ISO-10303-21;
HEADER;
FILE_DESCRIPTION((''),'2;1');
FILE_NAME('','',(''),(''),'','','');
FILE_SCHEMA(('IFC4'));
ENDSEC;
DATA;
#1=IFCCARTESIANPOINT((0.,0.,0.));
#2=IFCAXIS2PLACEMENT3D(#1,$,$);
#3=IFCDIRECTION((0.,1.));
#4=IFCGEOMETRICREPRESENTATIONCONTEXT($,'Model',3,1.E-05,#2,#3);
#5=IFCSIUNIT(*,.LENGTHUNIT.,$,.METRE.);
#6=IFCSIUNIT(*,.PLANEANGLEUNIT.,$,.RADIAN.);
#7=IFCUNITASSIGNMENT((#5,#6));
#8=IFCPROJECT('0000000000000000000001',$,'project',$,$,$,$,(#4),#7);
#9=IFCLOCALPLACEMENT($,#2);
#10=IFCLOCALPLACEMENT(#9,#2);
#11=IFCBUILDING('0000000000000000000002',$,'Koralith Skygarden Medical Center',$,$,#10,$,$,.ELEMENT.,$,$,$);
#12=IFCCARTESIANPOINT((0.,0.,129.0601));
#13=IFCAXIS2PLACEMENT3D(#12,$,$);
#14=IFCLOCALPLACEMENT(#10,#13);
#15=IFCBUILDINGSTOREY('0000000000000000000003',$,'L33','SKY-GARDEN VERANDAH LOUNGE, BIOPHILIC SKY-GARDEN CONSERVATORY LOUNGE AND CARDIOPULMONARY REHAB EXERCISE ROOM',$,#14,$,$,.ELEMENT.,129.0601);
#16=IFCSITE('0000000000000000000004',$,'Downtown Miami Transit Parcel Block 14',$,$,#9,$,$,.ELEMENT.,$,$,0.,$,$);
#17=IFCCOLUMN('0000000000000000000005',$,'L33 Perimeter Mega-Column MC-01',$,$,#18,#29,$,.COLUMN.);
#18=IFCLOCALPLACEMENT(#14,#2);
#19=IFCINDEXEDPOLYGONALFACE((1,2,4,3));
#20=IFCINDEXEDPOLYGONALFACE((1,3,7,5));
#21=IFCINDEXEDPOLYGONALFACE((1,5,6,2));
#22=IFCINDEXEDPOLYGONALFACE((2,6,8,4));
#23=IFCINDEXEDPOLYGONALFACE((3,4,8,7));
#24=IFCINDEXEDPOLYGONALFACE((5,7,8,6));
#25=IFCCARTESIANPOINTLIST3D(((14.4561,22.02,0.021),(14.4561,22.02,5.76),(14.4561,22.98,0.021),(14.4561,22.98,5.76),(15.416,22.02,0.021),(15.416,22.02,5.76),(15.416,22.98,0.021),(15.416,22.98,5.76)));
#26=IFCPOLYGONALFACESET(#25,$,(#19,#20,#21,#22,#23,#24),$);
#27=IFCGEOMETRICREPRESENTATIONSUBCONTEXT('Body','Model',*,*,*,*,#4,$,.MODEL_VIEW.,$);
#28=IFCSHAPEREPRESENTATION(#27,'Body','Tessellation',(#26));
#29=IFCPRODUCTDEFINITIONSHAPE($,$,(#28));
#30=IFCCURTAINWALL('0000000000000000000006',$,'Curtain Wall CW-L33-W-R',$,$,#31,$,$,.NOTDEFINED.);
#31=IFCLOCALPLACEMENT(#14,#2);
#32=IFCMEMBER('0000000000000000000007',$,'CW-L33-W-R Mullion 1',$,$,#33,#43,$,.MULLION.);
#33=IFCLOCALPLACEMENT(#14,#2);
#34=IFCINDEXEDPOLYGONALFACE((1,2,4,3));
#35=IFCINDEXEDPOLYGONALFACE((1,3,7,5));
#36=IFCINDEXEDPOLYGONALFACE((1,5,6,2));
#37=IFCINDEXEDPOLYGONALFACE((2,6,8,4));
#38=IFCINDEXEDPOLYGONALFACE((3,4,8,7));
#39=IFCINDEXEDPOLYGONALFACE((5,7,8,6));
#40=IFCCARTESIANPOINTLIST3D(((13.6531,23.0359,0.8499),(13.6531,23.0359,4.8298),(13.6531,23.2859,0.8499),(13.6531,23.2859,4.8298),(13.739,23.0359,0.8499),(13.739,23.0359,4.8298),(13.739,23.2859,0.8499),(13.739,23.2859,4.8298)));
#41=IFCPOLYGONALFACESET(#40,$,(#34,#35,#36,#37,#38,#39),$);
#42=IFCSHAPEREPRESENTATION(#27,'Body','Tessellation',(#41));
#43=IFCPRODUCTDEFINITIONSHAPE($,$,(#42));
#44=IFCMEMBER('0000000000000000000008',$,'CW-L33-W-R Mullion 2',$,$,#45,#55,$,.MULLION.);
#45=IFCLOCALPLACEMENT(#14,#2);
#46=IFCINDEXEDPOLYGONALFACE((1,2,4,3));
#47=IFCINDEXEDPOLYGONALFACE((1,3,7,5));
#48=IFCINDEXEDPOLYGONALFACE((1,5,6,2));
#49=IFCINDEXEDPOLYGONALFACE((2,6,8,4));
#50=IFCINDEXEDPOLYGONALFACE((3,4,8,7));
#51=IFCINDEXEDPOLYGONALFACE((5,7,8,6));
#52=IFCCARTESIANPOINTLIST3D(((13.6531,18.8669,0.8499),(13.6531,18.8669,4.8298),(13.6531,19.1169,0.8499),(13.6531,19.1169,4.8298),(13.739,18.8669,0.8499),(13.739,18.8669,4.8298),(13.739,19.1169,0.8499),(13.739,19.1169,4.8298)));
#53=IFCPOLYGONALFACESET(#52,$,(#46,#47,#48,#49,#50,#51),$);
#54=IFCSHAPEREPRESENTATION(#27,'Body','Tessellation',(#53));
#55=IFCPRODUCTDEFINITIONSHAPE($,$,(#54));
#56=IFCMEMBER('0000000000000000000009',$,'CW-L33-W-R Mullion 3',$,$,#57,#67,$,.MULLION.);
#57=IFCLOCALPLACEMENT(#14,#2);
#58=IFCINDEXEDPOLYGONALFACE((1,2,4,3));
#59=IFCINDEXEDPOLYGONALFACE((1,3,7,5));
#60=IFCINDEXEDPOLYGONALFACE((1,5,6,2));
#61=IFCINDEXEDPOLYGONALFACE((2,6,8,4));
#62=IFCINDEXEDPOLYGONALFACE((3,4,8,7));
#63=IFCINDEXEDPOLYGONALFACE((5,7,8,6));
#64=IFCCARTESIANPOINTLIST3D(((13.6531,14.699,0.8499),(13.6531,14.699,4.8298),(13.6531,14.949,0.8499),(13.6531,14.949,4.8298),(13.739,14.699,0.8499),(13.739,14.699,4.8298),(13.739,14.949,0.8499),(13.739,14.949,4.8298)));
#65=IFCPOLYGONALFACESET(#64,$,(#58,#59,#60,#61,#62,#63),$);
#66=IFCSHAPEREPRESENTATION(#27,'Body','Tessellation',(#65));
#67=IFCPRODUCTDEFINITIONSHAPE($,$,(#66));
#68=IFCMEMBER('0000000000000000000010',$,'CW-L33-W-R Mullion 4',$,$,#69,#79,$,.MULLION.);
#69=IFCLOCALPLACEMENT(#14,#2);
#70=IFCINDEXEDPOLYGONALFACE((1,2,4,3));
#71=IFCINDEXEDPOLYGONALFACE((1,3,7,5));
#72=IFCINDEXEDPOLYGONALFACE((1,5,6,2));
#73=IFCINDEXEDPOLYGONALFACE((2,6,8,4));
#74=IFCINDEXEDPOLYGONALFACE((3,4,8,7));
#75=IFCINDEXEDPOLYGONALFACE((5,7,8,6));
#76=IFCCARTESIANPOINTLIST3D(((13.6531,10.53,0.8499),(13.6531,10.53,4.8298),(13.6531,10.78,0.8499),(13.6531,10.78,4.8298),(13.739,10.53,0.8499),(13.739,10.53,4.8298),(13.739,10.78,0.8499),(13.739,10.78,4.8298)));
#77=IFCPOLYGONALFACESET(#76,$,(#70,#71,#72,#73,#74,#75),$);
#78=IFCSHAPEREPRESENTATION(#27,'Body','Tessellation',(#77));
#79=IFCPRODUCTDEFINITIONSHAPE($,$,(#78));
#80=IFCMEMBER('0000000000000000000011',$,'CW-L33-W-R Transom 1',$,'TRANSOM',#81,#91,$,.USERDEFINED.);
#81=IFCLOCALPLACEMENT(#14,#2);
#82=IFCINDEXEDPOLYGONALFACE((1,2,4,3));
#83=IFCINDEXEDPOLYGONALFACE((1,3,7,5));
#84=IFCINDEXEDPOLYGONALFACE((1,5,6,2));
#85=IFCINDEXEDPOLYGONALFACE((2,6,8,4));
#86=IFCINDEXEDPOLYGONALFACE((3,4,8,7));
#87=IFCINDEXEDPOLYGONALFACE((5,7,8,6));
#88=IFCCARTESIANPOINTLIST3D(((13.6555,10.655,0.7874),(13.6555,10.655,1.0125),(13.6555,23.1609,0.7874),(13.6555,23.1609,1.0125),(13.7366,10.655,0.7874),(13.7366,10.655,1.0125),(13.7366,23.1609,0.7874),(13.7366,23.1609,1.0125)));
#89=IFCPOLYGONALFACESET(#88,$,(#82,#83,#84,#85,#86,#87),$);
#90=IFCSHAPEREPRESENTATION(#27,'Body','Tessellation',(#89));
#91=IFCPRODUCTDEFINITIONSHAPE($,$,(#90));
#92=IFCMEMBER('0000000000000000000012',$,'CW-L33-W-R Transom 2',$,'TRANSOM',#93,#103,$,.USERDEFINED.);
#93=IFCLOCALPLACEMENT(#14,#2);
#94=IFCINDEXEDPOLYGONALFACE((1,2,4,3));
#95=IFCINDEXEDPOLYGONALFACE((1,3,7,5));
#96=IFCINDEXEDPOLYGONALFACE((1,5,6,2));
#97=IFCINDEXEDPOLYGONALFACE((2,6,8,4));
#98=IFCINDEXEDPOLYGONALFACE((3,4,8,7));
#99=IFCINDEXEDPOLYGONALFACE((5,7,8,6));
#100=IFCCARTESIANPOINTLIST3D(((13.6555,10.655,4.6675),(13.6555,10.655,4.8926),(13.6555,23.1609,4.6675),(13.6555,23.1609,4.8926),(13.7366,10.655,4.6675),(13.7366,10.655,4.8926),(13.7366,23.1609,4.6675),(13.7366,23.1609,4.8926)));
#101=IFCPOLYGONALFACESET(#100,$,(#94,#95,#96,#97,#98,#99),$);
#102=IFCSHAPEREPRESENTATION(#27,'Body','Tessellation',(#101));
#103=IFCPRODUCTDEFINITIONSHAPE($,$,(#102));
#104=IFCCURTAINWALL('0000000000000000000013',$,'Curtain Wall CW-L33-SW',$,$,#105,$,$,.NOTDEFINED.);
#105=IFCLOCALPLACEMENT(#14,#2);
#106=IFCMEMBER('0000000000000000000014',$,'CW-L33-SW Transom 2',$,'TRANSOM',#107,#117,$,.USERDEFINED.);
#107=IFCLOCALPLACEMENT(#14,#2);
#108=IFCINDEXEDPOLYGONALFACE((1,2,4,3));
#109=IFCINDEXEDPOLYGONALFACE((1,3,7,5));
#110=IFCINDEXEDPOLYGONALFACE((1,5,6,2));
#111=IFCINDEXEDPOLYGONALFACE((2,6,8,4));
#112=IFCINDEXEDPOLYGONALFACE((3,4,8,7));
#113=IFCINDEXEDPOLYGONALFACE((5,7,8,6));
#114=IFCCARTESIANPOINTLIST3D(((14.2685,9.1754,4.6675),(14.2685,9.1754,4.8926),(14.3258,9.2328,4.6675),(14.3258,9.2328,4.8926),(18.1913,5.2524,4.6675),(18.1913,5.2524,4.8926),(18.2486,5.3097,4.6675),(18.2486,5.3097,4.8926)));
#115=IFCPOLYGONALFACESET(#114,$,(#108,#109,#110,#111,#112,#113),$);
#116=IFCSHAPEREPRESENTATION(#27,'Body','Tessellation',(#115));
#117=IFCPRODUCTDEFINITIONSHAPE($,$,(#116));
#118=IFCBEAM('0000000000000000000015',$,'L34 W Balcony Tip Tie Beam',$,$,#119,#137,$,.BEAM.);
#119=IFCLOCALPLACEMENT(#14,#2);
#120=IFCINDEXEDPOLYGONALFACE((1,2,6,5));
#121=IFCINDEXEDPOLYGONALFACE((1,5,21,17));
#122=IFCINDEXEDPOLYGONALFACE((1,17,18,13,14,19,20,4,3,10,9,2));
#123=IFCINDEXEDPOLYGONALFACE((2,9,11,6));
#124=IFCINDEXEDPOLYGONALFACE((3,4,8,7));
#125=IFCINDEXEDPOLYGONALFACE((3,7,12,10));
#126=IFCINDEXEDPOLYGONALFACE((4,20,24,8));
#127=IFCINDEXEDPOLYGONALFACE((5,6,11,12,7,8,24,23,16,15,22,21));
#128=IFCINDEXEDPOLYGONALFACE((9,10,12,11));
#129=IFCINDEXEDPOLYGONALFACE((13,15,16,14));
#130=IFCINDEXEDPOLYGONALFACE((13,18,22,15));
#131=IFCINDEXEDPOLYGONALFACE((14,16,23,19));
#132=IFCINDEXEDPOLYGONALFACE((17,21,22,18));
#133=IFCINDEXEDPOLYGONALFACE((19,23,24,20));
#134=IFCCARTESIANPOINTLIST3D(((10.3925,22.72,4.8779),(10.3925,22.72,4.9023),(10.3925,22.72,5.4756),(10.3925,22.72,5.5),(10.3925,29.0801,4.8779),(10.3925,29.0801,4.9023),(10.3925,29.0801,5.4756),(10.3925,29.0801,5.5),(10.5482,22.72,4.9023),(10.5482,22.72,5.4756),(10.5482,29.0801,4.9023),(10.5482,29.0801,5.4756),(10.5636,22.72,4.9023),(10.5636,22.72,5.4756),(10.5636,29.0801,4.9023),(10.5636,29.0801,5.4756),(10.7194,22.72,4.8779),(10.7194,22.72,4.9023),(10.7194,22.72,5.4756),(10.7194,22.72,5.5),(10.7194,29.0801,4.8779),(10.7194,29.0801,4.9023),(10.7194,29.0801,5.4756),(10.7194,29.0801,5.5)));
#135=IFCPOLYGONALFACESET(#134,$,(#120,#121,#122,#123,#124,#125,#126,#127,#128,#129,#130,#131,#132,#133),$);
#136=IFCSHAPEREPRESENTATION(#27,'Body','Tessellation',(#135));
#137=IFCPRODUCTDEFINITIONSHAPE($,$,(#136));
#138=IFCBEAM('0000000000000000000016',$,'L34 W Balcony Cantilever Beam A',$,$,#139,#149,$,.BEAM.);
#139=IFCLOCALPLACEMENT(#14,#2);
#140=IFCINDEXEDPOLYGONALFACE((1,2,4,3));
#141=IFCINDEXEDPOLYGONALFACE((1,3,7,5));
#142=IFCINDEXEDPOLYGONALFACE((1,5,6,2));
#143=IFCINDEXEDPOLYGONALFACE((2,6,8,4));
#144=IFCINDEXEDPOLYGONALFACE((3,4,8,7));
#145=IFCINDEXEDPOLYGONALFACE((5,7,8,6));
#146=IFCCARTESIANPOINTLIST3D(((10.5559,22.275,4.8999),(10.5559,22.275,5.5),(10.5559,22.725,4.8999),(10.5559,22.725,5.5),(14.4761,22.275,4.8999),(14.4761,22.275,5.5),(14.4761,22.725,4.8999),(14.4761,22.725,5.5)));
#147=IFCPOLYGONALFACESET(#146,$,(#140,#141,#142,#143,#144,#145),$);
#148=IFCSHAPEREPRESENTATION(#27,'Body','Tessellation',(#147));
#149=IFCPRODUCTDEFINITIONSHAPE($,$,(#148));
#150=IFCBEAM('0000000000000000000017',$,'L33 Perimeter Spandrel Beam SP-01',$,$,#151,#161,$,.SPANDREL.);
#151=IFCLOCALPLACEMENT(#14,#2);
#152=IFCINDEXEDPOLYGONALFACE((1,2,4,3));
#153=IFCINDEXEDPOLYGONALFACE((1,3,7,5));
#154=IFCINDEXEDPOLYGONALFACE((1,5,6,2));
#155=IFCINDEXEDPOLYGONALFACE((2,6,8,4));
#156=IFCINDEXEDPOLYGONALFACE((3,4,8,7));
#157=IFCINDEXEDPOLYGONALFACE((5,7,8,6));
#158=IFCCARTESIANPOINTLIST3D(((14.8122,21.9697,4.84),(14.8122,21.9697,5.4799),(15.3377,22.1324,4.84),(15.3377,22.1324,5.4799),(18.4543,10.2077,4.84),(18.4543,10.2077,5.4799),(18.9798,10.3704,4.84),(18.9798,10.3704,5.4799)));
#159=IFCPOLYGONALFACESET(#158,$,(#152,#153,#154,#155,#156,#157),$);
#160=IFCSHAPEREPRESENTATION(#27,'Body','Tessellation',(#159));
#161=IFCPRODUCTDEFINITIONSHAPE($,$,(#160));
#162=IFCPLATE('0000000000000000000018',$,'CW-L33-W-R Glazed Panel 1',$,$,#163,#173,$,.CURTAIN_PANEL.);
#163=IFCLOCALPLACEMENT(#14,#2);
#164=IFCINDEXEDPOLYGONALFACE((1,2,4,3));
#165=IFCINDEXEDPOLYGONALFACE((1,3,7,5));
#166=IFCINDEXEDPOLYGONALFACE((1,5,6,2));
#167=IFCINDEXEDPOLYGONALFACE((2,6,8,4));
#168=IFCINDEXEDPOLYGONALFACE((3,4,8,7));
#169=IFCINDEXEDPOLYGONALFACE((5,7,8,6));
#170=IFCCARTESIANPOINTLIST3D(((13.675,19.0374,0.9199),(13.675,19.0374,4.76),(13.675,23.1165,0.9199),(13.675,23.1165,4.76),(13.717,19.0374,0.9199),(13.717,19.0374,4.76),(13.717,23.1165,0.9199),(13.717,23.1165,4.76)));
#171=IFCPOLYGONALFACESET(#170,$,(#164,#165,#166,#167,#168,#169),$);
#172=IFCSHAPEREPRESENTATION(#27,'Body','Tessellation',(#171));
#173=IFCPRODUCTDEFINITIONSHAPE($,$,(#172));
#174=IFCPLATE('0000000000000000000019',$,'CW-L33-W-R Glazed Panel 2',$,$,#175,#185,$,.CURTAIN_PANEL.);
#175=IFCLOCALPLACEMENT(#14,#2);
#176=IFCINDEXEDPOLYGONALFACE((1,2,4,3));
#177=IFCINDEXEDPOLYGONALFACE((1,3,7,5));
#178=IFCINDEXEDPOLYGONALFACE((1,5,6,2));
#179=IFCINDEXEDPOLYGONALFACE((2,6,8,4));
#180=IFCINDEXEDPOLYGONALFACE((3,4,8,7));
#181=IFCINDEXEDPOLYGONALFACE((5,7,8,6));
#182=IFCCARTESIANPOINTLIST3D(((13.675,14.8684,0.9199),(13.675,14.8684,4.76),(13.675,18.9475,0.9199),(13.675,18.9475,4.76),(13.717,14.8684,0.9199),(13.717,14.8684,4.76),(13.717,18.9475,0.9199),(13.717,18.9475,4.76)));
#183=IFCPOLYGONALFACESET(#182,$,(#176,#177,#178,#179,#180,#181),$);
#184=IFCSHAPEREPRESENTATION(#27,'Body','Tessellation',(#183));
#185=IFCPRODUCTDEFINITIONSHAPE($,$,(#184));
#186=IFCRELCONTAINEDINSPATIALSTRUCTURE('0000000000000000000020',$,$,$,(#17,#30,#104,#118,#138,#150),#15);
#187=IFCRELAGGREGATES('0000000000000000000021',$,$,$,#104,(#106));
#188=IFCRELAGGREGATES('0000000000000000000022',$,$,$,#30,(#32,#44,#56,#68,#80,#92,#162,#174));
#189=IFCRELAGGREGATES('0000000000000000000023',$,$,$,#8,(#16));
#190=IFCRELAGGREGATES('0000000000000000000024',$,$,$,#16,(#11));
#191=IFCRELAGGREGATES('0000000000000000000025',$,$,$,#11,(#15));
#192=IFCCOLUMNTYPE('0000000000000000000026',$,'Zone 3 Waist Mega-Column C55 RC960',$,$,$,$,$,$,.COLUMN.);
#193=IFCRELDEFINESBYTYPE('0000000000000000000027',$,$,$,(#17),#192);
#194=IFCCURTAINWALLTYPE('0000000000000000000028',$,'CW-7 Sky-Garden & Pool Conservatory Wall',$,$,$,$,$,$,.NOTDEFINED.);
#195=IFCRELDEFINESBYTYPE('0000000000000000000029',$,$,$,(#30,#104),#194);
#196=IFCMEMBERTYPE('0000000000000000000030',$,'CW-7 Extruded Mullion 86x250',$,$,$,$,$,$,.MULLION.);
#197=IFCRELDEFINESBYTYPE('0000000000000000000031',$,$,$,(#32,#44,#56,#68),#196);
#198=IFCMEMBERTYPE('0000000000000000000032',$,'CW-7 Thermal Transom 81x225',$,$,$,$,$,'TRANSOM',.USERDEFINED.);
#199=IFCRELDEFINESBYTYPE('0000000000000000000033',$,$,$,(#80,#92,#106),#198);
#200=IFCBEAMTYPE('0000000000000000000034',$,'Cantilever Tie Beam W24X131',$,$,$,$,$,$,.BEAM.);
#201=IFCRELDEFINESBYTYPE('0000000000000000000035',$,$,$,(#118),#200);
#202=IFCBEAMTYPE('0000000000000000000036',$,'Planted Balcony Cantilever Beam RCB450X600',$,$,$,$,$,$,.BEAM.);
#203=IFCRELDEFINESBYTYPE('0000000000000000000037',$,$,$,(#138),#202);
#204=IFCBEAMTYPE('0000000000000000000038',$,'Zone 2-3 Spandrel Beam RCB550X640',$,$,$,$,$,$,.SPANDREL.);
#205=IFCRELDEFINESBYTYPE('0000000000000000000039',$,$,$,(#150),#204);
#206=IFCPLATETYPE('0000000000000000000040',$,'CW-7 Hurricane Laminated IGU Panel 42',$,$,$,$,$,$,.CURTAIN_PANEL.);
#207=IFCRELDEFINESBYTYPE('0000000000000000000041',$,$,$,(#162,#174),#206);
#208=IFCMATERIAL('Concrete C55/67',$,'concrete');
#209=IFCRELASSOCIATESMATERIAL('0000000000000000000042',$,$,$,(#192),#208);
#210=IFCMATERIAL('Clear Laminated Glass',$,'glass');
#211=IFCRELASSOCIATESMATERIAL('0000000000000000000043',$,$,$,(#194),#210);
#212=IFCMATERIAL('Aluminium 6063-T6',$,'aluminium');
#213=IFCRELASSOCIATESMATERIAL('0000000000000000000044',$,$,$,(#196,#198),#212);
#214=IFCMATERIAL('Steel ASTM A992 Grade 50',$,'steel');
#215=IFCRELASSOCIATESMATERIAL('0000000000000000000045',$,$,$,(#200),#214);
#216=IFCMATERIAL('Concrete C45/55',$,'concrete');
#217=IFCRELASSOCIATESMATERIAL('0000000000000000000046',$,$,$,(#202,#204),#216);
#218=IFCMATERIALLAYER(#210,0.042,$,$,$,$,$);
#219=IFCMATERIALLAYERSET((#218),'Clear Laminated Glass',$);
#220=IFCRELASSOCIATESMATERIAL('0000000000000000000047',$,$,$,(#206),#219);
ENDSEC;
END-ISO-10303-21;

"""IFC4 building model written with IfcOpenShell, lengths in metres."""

from ifc_helpers import new_model, si_unit, direction, frame, origin, origin_2d, place, context, subcontext, project, spatial, rectangle, i_section, extrude, material, layer, layer_set, material_profile, profile_set, type_object, element, aggregate, save


model = new_model("IFC4")

# Units and contexts
model_context = context("Model", 3, precision=1e-05, world=origin(), true_north=direction((0.0, 1.0)))
body_context = subcontext(model_context, "Body", "Model", "MODEL_VIEW")
ifc_project = project(units=[si_unit("LENGTHUNIT", "METRE"), si_unit("PLANEANGLEUNIT", "RADIAN")], contexts=[model_context])

# Site, building, storey
site_placement = place(None, origin())
site = spatial("IfcSite", under=ifc_project, at=site_placement, Name="Downtown Miami Transit Parcel Block 14", CompositionType="ELEMENT", RefElevation=0.0)
building_placement = place(site_placement, origin())
building = spatial("IfcBuilding", under=site, at=building_placement, Name="Koralith Skygarden Medical Center", CompositionType="ELEMENT")
storey_placement = place(building_placement, frame((0.0, 0.0, 129.0601)))
storey = spatial("IfcBuildingStorey", under=building, at=storey_placement, Name="L33", Description="SKY-GARDEN VERANDAH LOUNGE, BIOPHILIC SKY-GARDEN CONSERVATORY LOUNGE AND CARDIOPULMONARY REHAB EXERCISE ROOM", CompositionType="ELEMENT", Elevation=129.0601)

# Column
ifc_material_1 = material(Name="Concrete C55/67", Category="concrete")
ifc_material_profile_1 = material_profile(ifc_material_1, rectangle(XDim=0.96, YDim=0.96, at=origin_2d()), Name="RC960X960")
ifc_profile_set_1 = profile_set([ifc_material_profile_1], Name="Concrete C55/67")
column_type = type_object("IfcColumnType", Name="Zone 3 Waist Mega-Column C55 RC960", PredefinedType="COLUMN", material=ifc_profile_set_1)
column_placement = place(storey_placement, frame((14.936, 22.5, 0.021), z_axis=(0.0, 0.0, 1.0), x_axis=(1.0, 0.0, 0.0)))
element("IfcColumn", 1, at=column_placement, inside=storey, type_object=column_type, Name="L33 Perimeter Mega-Column MC-01", PredefinedType="COLUMN", context=body_context, shape_type="SweptSolid", body=[
    extrude(rectangle(XDim=0.96, YDim=0.96, at=origin_2d()), origin(), (0.0, 0.0, 1.0), 5.739),
])

# Curtain wall, members
ifc_material_2 = material(Name="Clear Laminated Glass", Category="glass")
curtain_wall_type = type_object("IfcCurtainWallType", Name="CW-7 Sky-Garden & Pool Conservatory Wall", PredefinedType="NOTDEFINED", material=ifc_material_2)
curtain_wall_1_placement = place(storey_placement, origin())
curtain_wall_1 = element("IfcCurtainWall", 2, at=curtain_wall_1_placement, inside=storey, type_object=curtain_wall_type, Name="Curtain Wall CW-L33-W-R", PredefinedType="NOTDEFINED")
ifc_material_3 = material(Name="Aluminium 6063-T6", Category="aluminium")
ifc_material_profile_2 = material_profile(ifc_material_3, rectangle(XDim=0.0859, YDim=0.25, at=origin_2d()), Name="MUL86X250")
ifc_profile_set_2 = profile_set([ifc_material_profile_2], Name="Aluminium 6063-T6")
member_type_1 = type_object("IfcMemberType", Name="CW-7 Extruded Mullion 86x250", PredefinedType="MULLION", material=ifc_profile_set_2)
member_1_placement = place(storey_placement, frame((13.696, 23.1609, 0.8499), z_axis=(0.0, 0.0, 1.0), x_axis=(1.0, 0.0, 0.0)))
member_1 = element("IfcMember", 3, at=member_1_placement, type_object=member_type_1, Name="CW-L33-W-R Mullion 1", PredefinedType="MULLION", context=body_context, shape_type="SweptSolid", body=[
    extrude(rectangle(XDim=0.0859, YDim=0.25, at=origin_2d()), origin(), (0.0, 0.0, 1.0), 3.98),
])
member_2_placement = place(storey_placement, frame((13.696, 18.9919, 0.8499), z_axis=(0.0, 0.0, 1.0), x_axis=(1.0, 0.0, 0.0)))
member_2 = element("IfcMember", 4, at=member_2_placement, type_object=member_type_1, Name="CW-L33-W-R Mullion 2", PredefinedType="MULLION", context=body_context, shape_type="SweptSolid", body=[
    extrude(rectangle(XDim=0.0859, YDim=0.25, at=origin_2d()), origin(), (0.0, 0.0, 1.0), 3.98),
])
member_3_placement = place(storey_placement, frame((13.696, 14.824, 0.8499), z_axis=(0.0, 0.0, 1.0), x_axis=(1.0, 0.0, 0.0)))
member_3 = element("IfcMember", 5, at=member_3_placement, type_object=member_type_1, Name="CW-L33-W-R Mullion 3", PredefinedType="MULLION", context=body_context, shape_type="SweptSolid", body=[
    extrude(rectangle(XDim=0.0859, YDim=0.25, at=origin_2d()), origin(), (0.0, 0.0, 1.0), 3.98),
])
member_4_placement = place(storey_placement, frame((13.696, 10.655, 0.8499), z_axis=(0.0, 0.0, 1.0), x_axis=(1.0, 0.0, 0.0)))
member_4 = element("IfcMember", 6, at=member_4_placement, type_object=member_type_1, Name="CW-L33-W-R Mullion 4", PredefinedType="MULLION", context=body_context, shape_type="SweptSolid", body=[
    extrude(rectangle(XDim=0.0859, YDim=0.25, at=origin_2d()), origin(), (0.0, 0.0, 1.0), 3.98),
])
ifc_material_profile_3 = material_profile(ifc_material_3, rectangle(XDim=0.0811, YDim=0.2251, at=origin_2d()), Name="TRN81X225")
ifc_profile_set_3 = profile_set([ifc_material_profile_3], Name="Aluminium 6063-T6")
member_type_2 = type_object("IfcMemberType", Name="CW-7 Thermal Transom 81x225", ElementType="TRANSOM", PredefinedType="USERDEFINED", material=ifc_profile_set_3)
member_5_placement = place(storey_placement, frame((13.696, 23.1609, 0.8999), z_axis=(0.0, -1.0, 0.0), x_axis=(1.0, 0.0, 0.0)))
member_5 = element("IfcMember", 7, at=member_5_placement, type_object=member_type_2, Name="CW-L33-W-R Transom 1", ObjectType="TRANSOM", PredefinedType="USERDEFINED", context=body_context, shape_type="SweptSolid", body=[
    extrude(rectangle(XDim=0.0811, YDim=0.2251, at=origin_2d()), origin(), (0.0, 0.0, 1.0), 12.5059),
])
member_6_placement = place(storey_placement, frame((13.696, 23.1609, 4.78), z_axis=(0.0, -1.0, 0.0), x_axis=(1.0, 0.0, 0.0)))
member_6 = element("IfcMember", 8, at=member_6_placement, type_object=member_type_2, Name="CW-L33-W-R Transom 2", ObjectType="TRANSOM", PredefinedType="USERDEFINED", context=body_context, shape_type="SweptSolid", body=[
    extrude(rectangle(XDim=0.0811, YDim=0.2251, at=origin_2d()), origin(), (0.0, 0.0, 1.0), 12.5059),
])

# Curtain wall, member
curtain_wall_2_placement = place(storey_placement, origin())
curtain_wall_2 = element("IfcCurtainWall", 9, at=curtain_wall_2_placement, inside=storey, type_object=curtain_wall_type, Name="Curtain Wall CW-L33-SW", PredefinedType="NOTDEFINED")
member_7_placement = place(storey_placement, frame((14.2971, 9.2041, 4.78), z_axis=(0.707085, -0.707129, 0.0), x_axis=(0.707129, 0.707085, 0.0)))
member_7 = element("IfcMember", 10, at=member_7_placement, type_object=member_type_2, Name="CW-L33-SW Transom 2", ObjectType="TRANSOM", PredefinedType="USERDEFINED", context=body_context, shape_type="SweptSolid", body=[
    extrude(rectangle(XDim=0.0811, YDim=0.2251, at=origin_2d()), origin(), (0.0, 0.0, 1.0), 5.5479),
])
aggregate(curtain_wall_2, [member_7])

# Beams
ifc_material_4 = material(Name="Steel ASTM A992 Grade 50", Category="steel")
ifc_material_profile_4 = material_profile(ifc_material_4, i_section(OverallWidth=0.3269, OverallDepth=0.6221, WebThickness=0.0154, FlangeThickness=0.0244, at=origin_2d()), Name="W24X131")
ifc_profile_set_4 = profile_set([ifc_material_profile_4], Name="Steel ASTM A992 Grade 50")
beam_type_1 = type_object("IfcBeamType", Name="Cantilever Tie Beam W24X131", PredefinedType="BEAM", material=ifc_profile_set_4)
beam_1_placement = place(storey_placement, frame((10.5559, 22.72, 5.189), z_axis=(0.0, 1.0, 0.0), x_axis=(-1.0, 0.0, 0.0)))
element("IfcBeam", 11, at=beam_1_placement, inside=storey, type_object=beam_type_1, Name="L34 W Balcony Tip Tie Beam", PredefinedType="BEAM", context=body_context, shape_type="SweptSolid", body=[
    extrude(i_section(OverallWidth=0.3269, OverallDepth=0.6221, WebThickness=0.0154, FlangeThickness=0.0244, at=origin_2d()), origin(), (0.0, 0.0, 1.0), 6.3601),
])
ifc_material_5 = material(Name="Concrete C45/55", Category="concrete")
ifc_material_profile_5 = material_profile(ifc_material_5, rectangle(XDim=0.45, YDim=0.6001, at=origin_2d()), Name="RCB450X600")
ifc_profile_set_5 = profile_set([ifc_material_profile_5], Name="Concrete C45/55")
beam_type_2 = type_object("IfcBeamType", Name="Planted Balcony Cantilever Beam RCB450X600", PredefinedType="BEAM", material=ifc_profile_set_5)
beam_2_placement = place(storey_placement, frame((14.4761, 22.5, 5.2), z_axis=(-1.0, 0.0, 0.0), x_axis=(0.0, -1.0, 0.0)))
element("IfcBeam", 12, at=beam_2_placement, inside=storey, type_object=beam_type_2, Name="L34 W Balcony Cantilever Beam A", PredefinedType="BEAM", context=body_context, shape_type="SweptSolid", body=[
    extrude(rectangle(XDim=0.45, YDim=0.6001, at=origin_2d()), origin(), (0.0, 0.0, 1.0), 3.9202),
])
ifc_material_profile_6 = material_profile(ifc_material_5, rectangle(XDim=0.55, YDim=0.6399, at=origin_2d()), Name="RCB550X640")
ifc_profile_set_6 = profile_set([ifc_material_profile_6], Name="Concrete C45/55")
beam_type_3 = type_object("IfcBeamType", Name="Zone 2-3 Spandrel Beam RCB550X640", PredefinedType="SPANDREL", material=ifc_profile_set_6)
beam_3_placement = place(storey_placement, frame((15.075, 22.051, 5.1599), z_axis=(0.295794, -0.955252, 0.0), x_axis=(0.955252, 0.295794, 0.0)))
element("IfcBeam", 13, at=beam_3_placement, inside=storey, type_object=beam_type_3, Name="L33 Perimeter Spandrel Beam SP-01", PredefinedType="SPANDREL", context=body_context, shape_type="SweptSolid", body=[
    extrude(rectangle(XDim=0.55, YDim=0.6399, at=origin_2d()), origin(), (0.0, 0.0, 1.0), 12.313),
])

# Plates
ifc_layer_1 = layer(ifc_material_2, 0.042)
ifc_layer_set_1 = layer_set([ifc_layer_1], Name="Clear Laminated Glass")
plate_type_1 = type_object("IfcPlateType", Name="CW-7 Hurricane Laminated IGU Panel 42", PredefinedType="CURTAIN_PANEL", material=ifc_layer_set_1)
plate_1_placement = place(storey_placement, frame((13.696, 21.0769, 0.9199), z_axis=(0.0, 0.0, 1.0), x_axis=(0.0, -1.0, 0.0)))
plate_1 = element("IfcPlate", 14, at=plate_1_placement, type_object=plate_type_1, Name="CW-L33-W-R Glazed Panel 1", PredefinedType="CURTAIN_PANEL", context=body_context, shape_type="SweptSolid", body=[
    extrude(rectangle(XDim=4.0791, YDim=0.042, at=origin_2d()), origin(), (0.0, 0.0, 1.0), 3.8401),
])
plate_2_placement = place(storey_placement, frame((13.696, 16.908, 0.9199), z_axis=(0.0, 0.0, 1.0), x_axis=(0.0, -1.0, 0.0)))
plate_2 = element("IfcPlate", 15, at=plate_2_placement, type_object=plate_type_1, Name="CW-L33-W-R Glazed Panel 2", PredefinedType="CURTAIN_PANEL", context=body_context, shape_type="SweptSolid", body=[
    extrude(rectangle(XDim=4.0791, YDim=0.042, at=origin_2d()), origin(), (0.0, 0.0, 1.0), 3.8401),
])
aggregate(curtain_wall_1, [member_1, member_2, member_3, member_4, member_5, member_6, plate_1, plate_2])

save(model, "model.ifc")
